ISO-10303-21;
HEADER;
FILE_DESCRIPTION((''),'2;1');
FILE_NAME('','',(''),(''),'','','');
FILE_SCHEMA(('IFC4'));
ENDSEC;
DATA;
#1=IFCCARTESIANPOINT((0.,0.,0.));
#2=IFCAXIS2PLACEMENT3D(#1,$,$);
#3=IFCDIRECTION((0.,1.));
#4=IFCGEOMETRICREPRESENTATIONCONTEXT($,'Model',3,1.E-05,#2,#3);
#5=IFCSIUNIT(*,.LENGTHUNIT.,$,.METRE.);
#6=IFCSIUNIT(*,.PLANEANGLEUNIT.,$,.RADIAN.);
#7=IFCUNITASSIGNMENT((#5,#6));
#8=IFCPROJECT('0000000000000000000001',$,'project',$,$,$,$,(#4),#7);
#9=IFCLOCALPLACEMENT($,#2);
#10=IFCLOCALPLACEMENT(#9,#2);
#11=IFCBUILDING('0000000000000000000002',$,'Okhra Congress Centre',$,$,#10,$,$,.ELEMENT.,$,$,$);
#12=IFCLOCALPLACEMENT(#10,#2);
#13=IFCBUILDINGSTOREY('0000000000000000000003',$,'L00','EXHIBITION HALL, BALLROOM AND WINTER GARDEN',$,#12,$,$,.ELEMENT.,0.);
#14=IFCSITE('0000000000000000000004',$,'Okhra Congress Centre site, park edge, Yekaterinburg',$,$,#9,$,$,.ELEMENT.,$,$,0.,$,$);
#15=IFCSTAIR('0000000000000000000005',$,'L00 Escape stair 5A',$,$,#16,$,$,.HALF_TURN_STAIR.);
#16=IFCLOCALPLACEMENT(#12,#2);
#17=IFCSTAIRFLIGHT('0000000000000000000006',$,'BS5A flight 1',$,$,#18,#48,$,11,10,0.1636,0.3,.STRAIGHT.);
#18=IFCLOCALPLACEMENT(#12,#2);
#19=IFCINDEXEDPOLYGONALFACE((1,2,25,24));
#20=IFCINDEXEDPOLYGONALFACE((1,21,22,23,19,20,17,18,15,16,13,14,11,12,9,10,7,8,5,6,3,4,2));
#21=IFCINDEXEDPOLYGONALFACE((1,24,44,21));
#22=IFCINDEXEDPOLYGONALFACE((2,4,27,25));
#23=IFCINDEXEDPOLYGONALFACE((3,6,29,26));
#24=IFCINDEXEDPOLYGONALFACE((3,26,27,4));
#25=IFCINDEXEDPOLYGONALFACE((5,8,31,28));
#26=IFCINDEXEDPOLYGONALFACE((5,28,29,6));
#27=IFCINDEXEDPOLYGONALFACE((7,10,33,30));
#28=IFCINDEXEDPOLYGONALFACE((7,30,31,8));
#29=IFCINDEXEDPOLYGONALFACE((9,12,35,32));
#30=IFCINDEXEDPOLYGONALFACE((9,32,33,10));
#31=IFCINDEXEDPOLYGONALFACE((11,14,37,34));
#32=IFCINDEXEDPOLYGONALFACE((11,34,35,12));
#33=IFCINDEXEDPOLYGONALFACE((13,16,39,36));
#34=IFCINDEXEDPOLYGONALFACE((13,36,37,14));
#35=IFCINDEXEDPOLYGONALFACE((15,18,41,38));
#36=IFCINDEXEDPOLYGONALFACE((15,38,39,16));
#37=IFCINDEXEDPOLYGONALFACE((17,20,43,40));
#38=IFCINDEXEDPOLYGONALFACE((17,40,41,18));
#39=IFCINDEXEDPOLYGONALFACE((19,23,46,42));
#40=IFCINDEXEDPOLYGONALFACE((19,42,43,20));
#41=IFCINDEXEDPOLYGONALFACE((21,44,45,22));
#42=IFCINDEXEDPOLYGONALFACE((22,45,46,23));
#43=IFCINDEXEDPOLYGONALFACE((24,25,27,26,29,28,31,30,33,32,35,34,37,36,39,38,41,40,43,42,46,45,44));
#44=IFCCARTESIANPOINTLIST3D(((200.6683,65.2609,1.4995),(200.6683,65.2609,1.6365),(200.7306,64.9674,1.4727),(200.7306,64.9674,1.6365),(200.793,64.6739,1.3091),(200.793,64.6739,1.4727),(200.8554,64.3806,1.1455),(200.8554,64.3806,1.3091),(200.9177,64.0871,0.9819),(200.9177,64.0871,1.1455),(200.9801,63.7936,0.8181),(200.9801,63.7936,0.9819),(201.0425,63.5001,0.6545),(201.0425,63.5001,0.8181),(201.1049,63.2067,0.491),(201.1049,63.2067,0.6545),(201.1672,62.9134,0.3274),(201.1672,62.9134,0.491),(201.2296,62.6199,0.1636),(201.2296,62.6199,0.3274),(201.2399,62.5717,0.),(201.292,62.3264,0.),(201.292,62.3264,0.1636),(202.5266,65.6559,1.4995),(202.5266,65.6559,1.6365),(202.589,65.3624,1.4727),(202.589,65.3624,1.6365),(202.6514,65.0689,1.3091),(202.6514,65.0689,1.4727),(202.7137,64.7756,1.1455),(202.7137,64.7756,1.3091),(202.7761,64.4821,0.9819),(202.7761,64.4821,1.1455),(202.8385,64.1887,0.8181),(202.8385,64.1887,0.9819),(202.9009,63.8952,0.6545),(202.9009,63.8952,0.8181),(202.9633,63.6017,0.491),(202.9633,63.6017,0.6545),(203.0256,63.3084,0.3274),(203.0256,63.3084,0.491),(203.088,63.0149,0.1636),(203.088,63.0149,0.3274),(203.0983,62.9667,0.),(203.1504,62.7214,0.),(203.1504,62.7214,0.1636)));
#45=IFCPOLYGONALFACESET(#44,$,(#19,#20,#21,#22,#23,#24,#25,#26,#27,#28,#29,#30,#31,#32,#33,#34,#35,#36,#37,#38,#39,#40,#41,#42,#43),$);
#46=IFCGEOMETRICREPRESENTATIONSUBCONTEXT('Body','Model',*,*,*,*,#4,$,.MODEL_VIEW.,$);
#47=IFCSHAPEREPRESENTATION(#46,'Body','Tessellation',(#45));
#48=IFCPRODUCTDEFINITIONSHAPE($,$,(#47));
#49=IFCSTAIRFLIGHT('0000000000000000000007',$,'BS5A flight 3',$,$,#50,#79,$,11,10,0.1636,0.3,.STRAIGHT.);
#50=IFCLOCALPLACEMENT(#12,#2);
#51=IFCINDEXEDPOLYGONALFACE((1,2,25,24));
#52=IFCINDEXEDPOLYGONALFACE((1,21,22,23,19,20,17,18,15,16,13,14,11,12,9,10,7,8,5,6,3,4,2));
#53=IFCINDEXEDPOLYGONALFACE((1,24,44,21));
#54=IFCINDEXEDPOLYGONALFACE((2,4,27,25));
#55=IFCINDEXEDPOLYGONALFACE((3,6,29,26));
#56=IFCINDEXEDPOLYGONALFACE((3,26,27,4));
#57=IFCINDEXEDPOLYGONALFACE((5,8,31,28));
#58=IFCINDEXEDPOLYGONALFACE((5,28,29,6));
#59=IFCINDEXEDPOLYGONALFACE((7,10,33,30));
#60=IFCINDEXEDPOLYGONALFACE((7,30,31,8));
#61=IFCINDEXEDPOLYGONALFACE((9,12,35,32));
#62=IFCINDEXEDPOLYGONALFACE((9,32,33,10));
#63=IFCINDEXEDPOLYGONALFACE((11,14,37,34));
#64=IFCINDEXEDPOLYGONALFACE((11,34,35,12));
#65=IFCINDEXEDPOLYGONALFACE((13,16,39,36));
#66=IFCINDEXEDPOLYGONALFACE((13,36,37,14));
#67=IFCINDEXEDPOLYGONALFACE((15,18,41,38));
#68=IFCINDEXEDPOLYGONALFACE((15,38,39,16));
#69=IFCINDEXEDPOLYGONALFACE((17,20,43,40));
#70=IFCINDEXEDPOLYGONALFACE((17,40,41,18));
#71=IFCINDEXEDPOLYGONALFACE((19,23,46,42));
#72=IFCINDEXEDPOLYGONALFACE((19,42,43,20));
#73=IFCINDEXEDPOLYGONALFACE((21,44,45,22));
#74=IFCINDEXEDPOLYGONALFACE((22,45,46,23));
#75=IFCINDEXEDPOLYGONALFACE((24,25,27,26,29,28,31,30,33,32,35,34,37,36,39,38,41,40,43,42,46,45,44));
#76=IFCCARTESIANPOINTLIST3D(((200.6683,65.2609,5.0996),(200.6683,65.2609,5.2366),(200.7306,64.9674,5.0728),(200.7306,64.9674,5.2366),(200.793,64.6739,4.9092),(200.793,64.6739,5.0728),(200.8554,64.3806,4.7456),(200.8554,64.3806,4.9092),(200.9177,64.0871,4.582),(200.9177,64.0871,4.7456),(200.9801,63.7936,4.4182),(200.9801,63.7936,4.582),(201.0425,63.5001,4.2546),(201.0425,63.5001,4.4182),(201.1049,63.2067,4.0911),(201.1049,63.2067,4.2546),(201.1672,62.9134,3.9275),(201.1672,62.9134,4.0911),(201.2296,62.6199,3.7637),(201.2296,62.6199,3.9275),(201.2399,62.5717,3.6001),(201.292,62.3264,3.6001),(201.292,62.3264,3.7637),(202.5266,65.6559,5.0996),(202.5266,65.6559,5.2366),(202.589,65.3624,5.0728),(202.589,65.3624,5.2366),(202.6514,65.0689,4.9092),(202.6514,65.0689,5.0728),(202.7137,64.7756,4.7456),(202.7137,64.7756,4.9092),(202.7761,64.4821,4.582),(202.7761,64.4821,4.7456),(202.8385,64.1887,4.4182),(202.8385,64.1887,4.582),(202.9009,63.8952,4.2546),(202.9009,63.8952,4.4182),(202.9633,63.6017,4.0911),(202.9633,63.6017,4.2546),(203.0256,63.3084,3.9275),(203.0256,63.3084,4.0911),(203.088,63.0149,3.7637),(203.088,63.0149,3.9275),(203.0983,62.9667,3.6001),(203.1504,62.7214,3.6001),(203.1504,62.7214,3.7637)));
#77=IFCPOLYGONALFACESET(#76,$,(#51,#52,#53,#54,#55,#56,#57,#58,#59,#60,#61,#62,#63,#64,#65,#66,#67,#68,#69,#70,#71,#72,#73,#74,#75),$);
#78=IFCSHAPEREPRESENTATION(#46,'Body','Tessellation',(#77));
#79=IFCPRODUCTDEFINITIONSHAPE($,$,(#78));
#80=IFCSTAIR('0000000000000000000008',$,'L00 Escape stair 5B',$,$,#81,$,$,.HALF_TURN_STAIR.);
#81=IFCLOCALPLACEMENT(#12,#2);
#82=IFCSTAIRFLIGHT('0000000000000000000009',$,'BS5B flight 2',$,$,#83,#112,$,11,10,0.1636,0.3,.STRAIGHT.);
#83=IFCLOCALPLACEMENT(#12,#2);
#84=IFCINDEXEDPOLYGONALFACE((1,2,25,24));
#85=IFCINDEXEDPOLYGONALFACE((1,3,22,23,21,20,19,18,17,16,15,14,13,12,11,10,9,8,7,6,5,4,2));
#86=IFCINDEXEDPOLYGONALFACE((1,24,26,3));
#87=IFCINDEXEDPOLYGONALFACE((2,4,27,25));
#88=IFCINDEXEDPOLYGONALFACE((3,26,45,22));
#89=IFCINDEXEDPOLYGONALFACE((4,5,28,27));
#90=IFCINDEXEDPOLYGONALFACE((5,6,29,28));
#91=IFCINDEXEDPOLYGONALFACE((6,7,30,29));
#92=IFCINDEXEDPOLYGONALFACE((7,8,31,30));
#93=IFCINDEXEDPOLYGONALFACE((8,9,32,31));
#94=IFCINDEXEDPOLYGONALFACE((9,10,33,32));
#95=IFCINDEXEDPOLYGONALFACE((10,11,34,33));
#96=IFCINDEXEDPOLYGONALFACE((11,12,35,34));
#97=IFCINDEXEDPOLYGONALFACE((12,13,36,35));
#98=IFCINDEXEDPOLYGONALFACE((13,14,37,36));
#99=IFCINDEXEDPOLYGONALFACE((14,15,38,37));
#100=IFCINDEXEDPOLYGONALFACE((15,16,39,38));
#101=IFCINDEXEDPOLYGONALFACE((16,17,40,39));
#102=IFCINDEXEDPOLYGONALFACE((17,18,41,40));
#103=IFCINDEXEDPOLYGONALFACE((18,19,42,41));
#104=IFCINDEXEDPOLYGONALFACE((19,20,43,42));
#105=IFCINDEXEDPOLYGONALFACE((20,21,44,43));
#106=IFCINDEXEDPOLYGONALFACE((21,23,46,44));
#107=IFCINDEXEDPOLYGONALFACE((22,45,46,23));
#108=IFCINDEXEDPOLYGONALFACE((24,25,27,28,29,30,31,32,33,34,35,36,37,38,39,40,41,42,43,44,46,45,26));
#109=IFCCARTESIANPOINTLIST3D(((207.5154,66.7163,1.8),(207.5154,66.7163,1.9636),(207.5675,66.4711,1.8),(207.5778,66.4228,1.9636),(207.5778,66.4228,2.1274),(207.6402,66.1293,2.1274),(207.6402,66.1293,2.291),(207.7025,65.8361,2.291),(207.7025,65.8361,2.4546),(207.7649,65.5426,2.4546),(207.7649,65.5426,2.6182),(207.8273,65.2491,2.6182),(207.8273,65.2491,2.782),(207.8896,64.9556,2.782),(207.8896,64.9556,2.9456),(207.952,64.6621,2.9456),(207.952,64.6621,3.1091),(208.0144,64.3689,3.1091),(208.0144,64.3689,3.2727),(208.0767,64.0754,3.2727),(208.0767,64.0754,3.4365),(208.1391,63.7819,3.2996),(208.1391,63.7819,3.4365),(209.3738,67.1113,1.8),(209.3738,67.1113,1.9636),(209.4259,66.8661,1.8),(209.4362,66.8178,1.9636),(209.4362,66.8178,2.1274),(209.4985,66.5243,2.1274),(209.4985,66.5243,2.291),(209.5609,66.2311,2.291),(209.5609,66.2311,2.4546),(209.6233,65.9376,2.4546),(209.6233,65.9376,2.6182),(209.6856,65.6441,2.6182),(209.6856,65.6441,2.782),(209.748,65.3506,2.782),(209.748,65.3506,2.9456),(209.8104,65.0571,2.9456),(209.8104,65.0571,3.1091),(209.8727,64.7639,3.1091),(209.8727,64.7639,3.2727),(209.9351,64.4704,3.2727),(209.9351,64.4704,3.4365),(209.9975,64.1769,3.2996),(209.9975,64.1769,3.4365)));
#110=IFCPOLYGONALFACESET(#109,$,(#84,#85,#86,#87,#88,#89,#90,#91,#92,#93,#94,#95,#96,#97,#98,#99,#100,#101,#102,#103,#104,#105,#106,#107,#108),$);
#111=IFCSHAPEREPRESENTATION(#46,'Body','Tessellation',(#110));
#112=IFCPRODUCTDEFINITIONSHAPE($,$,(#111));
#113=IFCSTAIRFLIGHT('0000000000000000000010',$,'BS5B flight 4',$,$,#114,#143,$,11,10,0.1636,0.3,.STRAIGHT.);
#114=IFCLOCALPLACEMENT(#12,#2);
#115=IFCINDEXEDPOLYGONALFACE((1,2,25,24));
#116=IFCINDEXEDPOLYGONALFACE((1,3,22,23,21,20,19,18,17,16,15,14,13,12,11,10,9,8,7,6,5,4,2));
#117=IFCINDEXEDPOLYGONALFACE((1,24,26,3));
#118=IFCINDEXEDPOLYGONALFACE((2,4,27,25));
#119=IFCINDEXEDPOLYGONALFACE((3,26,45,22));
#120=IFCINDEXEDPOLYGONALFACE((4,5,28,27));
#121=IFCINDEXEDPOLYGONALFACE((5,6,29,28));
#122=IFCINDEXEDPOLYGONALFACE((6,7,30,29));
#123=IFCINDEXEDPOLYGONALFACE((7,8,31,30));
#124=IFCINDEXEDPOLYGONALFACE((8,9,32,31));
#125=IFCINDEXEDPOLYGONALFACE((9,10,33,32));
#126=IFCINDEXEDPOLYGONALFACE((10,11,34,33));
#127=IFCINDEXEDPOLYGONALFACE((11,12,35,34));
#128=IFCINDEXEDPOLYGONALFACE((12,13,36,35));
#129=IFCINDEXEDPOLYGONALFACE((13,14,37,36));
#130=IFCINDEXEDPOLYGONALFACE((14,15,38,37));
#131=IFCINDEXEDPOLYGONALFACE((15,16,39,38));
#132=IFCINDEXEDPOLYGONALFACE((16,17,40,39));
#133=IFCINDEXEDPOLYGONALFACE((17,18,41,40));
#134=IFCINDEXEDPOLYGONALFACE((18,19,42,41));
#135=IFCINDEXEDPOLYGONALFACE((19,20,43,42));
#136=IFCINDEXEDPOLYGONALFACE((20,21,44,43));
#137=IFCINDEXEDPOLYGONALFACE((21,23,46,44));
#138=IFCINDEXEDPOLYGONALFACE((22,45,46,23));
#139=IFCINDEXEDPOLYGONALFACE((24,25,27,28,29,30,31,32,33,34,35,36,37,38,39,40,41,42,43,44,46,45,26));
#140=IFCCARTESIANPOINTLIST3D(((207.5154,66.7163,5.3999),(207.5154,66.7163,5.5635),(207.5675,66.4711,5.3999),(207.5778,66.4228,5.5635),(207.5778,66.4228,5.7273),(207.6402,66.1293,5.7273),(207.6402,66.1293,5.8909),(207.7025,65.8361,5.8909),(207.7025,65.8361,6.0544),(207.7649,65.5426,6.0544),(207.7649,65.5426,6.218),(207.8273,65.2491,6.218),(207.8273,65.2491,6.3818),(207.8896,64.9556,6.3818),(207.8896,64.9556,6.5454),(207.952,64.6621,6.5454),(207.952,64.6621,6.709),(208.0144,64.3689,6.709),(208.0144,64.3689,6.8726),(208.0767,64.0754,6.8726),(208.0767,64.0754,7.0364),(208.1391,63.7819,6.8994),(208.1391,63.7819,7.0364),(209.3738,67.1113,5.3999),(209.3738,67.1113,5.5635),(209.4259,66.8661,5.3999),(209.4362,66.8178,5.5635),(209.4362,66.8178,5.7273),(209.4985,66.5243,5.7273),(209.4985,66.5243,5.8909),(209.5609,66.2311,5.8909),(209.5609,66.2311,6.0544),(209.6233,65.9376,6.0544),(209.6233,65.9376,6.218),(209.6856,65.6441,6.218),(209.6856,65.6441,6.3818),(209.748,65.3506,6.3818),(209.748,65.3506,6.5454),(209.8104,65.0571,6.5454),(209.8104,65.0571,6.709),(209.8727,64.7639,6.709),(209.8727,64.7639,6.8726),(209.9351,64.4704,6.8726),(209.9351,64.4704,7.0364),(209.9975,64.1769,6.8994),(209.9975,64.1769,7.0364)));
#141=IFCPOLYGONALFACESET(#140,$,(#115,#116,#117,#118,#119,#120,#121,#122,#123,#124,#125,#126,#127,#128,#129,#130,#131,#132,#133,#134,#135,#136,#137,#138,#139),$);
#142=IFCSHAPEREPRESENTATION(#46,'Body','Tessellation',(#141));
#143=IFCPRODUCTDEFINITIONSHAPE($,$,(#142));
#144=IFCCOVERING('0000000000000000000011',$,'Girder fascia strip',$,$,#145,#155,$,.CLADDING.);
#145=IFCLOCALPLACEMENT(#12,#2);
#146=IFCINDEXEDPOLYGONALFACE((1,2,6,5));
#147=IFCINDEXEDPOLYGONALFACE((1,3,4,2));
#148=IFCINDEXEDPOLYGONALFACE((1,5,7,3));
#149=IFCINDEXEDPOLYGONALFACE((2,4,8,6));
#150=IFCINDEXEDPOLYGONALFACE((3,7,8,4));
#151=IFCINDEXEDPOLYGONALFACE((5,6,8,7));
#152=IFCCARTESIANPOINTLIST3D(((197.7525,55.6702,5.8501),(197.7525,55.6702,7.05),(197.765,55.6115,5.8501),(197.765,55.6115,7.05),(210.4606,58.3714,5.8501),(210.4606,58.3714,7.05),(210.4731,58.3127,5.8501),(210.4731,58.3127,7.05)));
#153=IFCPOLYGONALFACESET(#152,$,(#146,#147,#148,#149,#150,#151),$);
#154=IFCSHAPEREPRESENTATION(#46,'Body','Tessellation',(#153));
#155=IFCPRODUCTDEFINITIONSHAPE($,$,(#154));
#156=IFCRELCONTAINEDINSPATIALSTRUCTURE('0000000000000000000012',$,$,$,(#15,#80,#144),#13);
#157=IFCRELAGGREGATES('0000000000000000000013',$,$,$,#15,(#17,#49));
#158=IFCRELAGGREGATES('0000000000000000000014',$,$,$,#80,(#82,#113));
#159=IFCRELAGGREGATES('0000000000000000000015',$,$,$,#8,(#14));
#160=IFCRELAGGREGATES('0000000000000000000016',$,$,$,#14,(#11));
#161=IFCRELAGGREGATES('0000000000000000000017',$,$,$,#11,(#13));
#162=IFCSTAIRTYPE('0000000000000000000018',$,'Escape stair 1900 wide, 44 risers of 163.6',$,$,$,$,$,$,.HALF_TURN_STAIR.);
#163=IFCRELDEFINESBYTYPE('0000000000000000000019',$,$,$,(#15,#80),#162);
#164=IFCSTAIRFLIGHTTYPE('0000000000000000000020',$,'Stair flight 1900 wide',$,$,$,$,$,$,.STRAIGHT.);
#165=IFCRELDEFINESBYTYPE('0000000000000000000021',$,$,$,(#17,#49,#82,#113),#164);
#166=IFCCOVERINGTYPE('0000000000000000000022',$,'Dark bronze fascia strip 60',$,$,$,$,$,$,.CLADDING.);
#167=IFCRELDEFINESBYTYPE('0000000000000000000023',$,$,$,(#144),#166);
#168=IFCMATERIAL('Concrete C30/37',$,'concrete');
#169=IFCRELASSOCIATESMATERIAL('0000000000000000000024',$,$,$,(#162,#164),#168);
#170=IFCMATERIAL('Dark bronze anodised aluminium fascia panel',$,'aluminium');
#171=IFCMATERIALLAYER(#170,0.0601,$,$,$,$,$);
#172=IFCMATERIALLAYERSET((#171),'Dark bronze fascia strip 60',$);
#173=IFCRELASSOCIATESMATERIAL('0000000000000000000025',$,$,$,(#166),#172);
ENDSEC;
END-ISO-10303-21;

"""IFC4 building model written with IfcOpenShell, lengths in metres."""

from ifc_helpers import new_model, si_unit, direction, frame, origin, origin_2d, place, context, subcontext, project, spatial, polyline, rectangle, outline, extrude, material, layer, layer_set, type_object, element, aggregate, save


model = new_model("IFC4")

# Units and contexts
model_context = context("Model", 3, precision=1e-05, world=origin(), true_north=direction((0.0, 1.0)))
body_context = subcontext(model_context, "Body", "Model", "MODEL_VIEW")
ifc_project = project(units=[si_unit("LENGTHUNIT", "METRE"), si_unit("PLANEANGLEUNIT", "RADIAN")], contexts=[model_context])

# Site, building, storey
site_placement = place(None, origin())
site = spatial("IfcSite", under=ifc_project, at=site_placement, Name="Okhra Congress Centre site, park edge, Yekaterinburg", CompositionType="ELEMENT", RefElevation=0.0)
building_placement = place(site_placement, origin())
building = spatial("IfcBuilding", under=site, at=building_placement, Name="Okhra Congress Centre", CompositionType="ELEMENT")
storey_placement = place(building_placement, origin())
storey = spatial("IfcBuildingStorey", under=building, at=storey_placement, Name="L00", Description="EXHIBITION HALL, BALLROOM AND WINTER GARDEN", CompositionType="ELEMENT", Elevation=0.0)

# Shared definitions
ifc_material_1 = material(Name="Concrete C30/37", Category="concrete")

# Stairs, stair flights
stair_type = type_object("IfcStairType", Name="Escape stair 1900 wide, 44 risers of 163.6", PredefinedType="HALF_TURN_STAIR", material=ifc_material_1)
stair_1_placement = place(storey_placement, origin())
stair_1 = element("IfcStair", 1, at=stair_1_placement, inside=storey, type_object=stair_type, Name="L00 Escape stair 5A", PredefinedType="HALF_TURN_STAIR")
stair_flight_type = type_object("IfcStairFlightType", Name="Stair flight 1900 wide", PredefinedType="STRAIGHT", material=ifc_material_1)
stair_flight_1_placement = place(storey_placement, frame((202.2212, 62.5239, 0.0), z_axis=(0.0, 0.0, 1.0), x_axis=(-0.207912, 0.978148, 0.0)))
stair_flight_1 = element("IfcStairFlight", 2, at=stair_flight_1_placement, type_object=stair_flight_type, Name="BS5A flight 1", NumberOfRisers=11, NumberOfTreads=10, PredefinedType="STRAIGHT", RiserHeight=0.1636, TreadLength=0.3, context=body_context, shape_type="SweptSolid", body=[
    extrude(outline(polyline([(0.0, 0.0), (0.0, 0.1636), (0.3, 0.1636), (0.3, 0.3274), (0.6001, 0.3274), (0.6001, 0.491), (0.8999, 0.491), (0.8999, 0.6545), (1.2, 0.6545), (1.2, 0.8181), (1.5, 0.8181), (1.5, 0.9819), (1.8, 0.9819), (1.8, 1.1455), (2.1001, 1.1455), (2.1001, 1.3091), (2.3999, 1.3091), (2.3999, 1.4727), (2.7, 1.4727), (2.7, 1.6365), (3.0, 1.6365), (3.0, 1.8), (3.0, 1.4995), (0.2507, 0.0), (0.0, 0.0)])), frame((0.0, 0.95, 0.0), z_axis=(0.0, -1.0, 0.0), x_axis=(1.0, 0.0, 0.0)), (0.0, 0.0, 1.0), 1.8999),
])
stair_flight_2_placement = place(storey_placement, frame((202.2212, 62.5239, 3.6001), z_axis=(0.0, 0.0, 1.0), x_axis=(-0.207912, 0.978148, 0.0)))
stair_flight_2 = element("IfcStairFlight", 3, at=stair_flight_2_placement, type_object=stair_flight_type, Name="BS5A flight 3", NumberOfRisers=11, NumberOfTreads=10, PredefinedType="STRAIGHT", RiserHeight=0.1636, TreadLength=0.3, context=body_context, shape_type="SweptSolid", body=[
    extrude(outline(polyline([(0.0, 0.0), (0.0, 0.1636), (0.3, 0.1636), (0.3, 0.3274), (0.6001, 0.3274), (0.6001, 0.491), (0.8999, 0.491), (0.8999, 0.6545), (1.2, 0.6545), (1.2, 0.8181), (1.5, 0.8181), (1.5, 0.9819), (1.8, 0.9819), (1.8, 1.1455), (2.1001, 1.1455), (2.1001, 1.3091), (2.3999, 1.3091), (2.3999, 1.4727), (2.7, 1.4727), (2.7, 1.6365), (3.0, 1.6365), (3.0, 1.8), (3.0, 1.4995), (0.2507, 0.0), (0.0, 0.0)])), frame((0.0, 0.95, 0.0), z_axis=(0.0, -1.0, 0.0), x_axis=(1.0, 0.0, 0.0)), (0.0, 0.0, 1.0), 1.8999),
])
aggregate(stair_1, [stair_flight_1, stair_flight_2])
stair_2_placement = place(storey_placement, origin())
stair_2 = element("IfcStair", 4, at=stair_2_placement, inside=storey, type_object=stair_type, Name="L00 Escape stair 5B", PredefinedType="HALF_TURN_STAIR")
stair_flight_3_placement = place(storey_placement, frame((208.4446, 66.9138, 1.8), z_axis=(0.0, 0.0, 1.0), x_axis=(0.207912, -0.978148, 0.0)))
stair_flight_3 = element("IfcStairFlight", 5, at=stair_flight_3_placement, type_object=stair_flight_type, Name="BS5B flight 2", NumberOfRisers=11, NumberOfTreads=10, PredefinedType="STRAIGHT", RiserHeight=0.1636, TreadLength=0.3, context=body_context, shape_type="SweptSolid", body=[
    extrude(outline(polyline([(0.0, 0.0), (0.0, 0.1636), (0.3, 0.1636), (0.3, 0.3274), (0.6001, 0.3274), (0.6001, 0.491), (0.8999, 0.491), (0.8999, 0.6545), (1.2, 0.6545), (1.2, 0.8181), (1.5, 0.8181), (1.5, 0.9819), (1.8, 0.9819), (1.8, 1.1455), (2.1001, 1.1455), (2.1001, 1.3091), (2.3999, 1.3091), (2.3999, 1.4727), (2.7, 1.4727), (2.7, 1.6365), (3.0, 1.6365), (3.0, 1.8), (3.0, 1.4995), (0.2507, 0.0), (0.0, 0.0)])), frame((0.0, 0.95, 0.0), z_axis=(0.0, -1.0, 0.0), x_axis=(1.0, 0.0, 0.0)), (0.0, 0.0, 1.0), 1.8999),
])
stair_flight_4_placement = place(storey_placement, frame((208.4446, 66.9138, 5.3999), z_axis=(0.0, 0.0, 1.0), x_axis=(0.207912, -0.978148, 0.0)))
stair_flight_4 = element("IfcStairFlight", 6, at=stair_flight_4_placement, type_object=stair_flight_type, Name="BS5B flight 4", NumberOfRisers=11, NumberOfTreads=10, PredefinedType="STRAIGHT", RiserHeight=0.1636, TreadLength=0.3, context=body_context, shape_type="SweptSolid", body=[
    extrude(outline(polyline([(0.0, 0.0), (0.0, 0.1636), (0.3, 0.1636), (0.3, 0.3274), (0.6001, 0.3274), (0.6001, 0.491), (0.8999, 0.491), (0.8999, 0.6545), (1.2, 0.6545), (1.2, 0.8181), (1.5, 0.8181), (1.5, 0.9819), (1.8, 0.9819), (1.8, 1.1455), (2.1001, 1.1455), (2.1001, 1.3091), (2.3999, 1.3091), (2.3999, 1.4727), (2.7, 1.4727), (2.7, 1.6365), (3.0, 1.6365), (3.0, 1.8), (3.0, 1.4995), (0.2507, 0.0), (0.0, 0.0)])), frame((0.0, 0.95, 0.0), z_axis=(0.0, -1.0, 0.0), x_axis=(1.0, 0.0, 0.0)), (0.0, 0.0, 1.0), 1.8999),
])
aggregate(stair_2, [stair_flight_3, stair_flight_4])

# Covering
ifc_material_2 = material(Name="Dark bronze anodised aluminium fascia panel", Category="aluminium")
ifc_layer_1 = layer(ifc_material_2, 0.0601)
ifc_layer_set_1 = layer_set([ifc_layer_1], Name="Dark bronze fascia strip 60")
covering_type = type_object("IfcCoveringType", Name="Dark bronze fascia strip 60", PredefinedType="CLADDING", material=ifc_layer_set_1)
covering_placement = place(storey_placement, frame((204.1128, 56.9915, 5.8501), z_axis=(0.0, 0.0, 1.0), x_axis=(0.978148, 0.207912, 0.0)))
element("IfcCovering", 7, at=covering_placement, inside=storey, type_object=covering_type, Name="Girder fascia strip", PredefinedType="CLADDING", context=body_context, shape_type="SweptSolid", body=[
    extrude(rectangle(XDim=12.9919, YDim=0.0601, at=origin_2d()), origin(), (0.0, 0.0, 1.0), 1.2),
])

save(model, "model.ifc")
